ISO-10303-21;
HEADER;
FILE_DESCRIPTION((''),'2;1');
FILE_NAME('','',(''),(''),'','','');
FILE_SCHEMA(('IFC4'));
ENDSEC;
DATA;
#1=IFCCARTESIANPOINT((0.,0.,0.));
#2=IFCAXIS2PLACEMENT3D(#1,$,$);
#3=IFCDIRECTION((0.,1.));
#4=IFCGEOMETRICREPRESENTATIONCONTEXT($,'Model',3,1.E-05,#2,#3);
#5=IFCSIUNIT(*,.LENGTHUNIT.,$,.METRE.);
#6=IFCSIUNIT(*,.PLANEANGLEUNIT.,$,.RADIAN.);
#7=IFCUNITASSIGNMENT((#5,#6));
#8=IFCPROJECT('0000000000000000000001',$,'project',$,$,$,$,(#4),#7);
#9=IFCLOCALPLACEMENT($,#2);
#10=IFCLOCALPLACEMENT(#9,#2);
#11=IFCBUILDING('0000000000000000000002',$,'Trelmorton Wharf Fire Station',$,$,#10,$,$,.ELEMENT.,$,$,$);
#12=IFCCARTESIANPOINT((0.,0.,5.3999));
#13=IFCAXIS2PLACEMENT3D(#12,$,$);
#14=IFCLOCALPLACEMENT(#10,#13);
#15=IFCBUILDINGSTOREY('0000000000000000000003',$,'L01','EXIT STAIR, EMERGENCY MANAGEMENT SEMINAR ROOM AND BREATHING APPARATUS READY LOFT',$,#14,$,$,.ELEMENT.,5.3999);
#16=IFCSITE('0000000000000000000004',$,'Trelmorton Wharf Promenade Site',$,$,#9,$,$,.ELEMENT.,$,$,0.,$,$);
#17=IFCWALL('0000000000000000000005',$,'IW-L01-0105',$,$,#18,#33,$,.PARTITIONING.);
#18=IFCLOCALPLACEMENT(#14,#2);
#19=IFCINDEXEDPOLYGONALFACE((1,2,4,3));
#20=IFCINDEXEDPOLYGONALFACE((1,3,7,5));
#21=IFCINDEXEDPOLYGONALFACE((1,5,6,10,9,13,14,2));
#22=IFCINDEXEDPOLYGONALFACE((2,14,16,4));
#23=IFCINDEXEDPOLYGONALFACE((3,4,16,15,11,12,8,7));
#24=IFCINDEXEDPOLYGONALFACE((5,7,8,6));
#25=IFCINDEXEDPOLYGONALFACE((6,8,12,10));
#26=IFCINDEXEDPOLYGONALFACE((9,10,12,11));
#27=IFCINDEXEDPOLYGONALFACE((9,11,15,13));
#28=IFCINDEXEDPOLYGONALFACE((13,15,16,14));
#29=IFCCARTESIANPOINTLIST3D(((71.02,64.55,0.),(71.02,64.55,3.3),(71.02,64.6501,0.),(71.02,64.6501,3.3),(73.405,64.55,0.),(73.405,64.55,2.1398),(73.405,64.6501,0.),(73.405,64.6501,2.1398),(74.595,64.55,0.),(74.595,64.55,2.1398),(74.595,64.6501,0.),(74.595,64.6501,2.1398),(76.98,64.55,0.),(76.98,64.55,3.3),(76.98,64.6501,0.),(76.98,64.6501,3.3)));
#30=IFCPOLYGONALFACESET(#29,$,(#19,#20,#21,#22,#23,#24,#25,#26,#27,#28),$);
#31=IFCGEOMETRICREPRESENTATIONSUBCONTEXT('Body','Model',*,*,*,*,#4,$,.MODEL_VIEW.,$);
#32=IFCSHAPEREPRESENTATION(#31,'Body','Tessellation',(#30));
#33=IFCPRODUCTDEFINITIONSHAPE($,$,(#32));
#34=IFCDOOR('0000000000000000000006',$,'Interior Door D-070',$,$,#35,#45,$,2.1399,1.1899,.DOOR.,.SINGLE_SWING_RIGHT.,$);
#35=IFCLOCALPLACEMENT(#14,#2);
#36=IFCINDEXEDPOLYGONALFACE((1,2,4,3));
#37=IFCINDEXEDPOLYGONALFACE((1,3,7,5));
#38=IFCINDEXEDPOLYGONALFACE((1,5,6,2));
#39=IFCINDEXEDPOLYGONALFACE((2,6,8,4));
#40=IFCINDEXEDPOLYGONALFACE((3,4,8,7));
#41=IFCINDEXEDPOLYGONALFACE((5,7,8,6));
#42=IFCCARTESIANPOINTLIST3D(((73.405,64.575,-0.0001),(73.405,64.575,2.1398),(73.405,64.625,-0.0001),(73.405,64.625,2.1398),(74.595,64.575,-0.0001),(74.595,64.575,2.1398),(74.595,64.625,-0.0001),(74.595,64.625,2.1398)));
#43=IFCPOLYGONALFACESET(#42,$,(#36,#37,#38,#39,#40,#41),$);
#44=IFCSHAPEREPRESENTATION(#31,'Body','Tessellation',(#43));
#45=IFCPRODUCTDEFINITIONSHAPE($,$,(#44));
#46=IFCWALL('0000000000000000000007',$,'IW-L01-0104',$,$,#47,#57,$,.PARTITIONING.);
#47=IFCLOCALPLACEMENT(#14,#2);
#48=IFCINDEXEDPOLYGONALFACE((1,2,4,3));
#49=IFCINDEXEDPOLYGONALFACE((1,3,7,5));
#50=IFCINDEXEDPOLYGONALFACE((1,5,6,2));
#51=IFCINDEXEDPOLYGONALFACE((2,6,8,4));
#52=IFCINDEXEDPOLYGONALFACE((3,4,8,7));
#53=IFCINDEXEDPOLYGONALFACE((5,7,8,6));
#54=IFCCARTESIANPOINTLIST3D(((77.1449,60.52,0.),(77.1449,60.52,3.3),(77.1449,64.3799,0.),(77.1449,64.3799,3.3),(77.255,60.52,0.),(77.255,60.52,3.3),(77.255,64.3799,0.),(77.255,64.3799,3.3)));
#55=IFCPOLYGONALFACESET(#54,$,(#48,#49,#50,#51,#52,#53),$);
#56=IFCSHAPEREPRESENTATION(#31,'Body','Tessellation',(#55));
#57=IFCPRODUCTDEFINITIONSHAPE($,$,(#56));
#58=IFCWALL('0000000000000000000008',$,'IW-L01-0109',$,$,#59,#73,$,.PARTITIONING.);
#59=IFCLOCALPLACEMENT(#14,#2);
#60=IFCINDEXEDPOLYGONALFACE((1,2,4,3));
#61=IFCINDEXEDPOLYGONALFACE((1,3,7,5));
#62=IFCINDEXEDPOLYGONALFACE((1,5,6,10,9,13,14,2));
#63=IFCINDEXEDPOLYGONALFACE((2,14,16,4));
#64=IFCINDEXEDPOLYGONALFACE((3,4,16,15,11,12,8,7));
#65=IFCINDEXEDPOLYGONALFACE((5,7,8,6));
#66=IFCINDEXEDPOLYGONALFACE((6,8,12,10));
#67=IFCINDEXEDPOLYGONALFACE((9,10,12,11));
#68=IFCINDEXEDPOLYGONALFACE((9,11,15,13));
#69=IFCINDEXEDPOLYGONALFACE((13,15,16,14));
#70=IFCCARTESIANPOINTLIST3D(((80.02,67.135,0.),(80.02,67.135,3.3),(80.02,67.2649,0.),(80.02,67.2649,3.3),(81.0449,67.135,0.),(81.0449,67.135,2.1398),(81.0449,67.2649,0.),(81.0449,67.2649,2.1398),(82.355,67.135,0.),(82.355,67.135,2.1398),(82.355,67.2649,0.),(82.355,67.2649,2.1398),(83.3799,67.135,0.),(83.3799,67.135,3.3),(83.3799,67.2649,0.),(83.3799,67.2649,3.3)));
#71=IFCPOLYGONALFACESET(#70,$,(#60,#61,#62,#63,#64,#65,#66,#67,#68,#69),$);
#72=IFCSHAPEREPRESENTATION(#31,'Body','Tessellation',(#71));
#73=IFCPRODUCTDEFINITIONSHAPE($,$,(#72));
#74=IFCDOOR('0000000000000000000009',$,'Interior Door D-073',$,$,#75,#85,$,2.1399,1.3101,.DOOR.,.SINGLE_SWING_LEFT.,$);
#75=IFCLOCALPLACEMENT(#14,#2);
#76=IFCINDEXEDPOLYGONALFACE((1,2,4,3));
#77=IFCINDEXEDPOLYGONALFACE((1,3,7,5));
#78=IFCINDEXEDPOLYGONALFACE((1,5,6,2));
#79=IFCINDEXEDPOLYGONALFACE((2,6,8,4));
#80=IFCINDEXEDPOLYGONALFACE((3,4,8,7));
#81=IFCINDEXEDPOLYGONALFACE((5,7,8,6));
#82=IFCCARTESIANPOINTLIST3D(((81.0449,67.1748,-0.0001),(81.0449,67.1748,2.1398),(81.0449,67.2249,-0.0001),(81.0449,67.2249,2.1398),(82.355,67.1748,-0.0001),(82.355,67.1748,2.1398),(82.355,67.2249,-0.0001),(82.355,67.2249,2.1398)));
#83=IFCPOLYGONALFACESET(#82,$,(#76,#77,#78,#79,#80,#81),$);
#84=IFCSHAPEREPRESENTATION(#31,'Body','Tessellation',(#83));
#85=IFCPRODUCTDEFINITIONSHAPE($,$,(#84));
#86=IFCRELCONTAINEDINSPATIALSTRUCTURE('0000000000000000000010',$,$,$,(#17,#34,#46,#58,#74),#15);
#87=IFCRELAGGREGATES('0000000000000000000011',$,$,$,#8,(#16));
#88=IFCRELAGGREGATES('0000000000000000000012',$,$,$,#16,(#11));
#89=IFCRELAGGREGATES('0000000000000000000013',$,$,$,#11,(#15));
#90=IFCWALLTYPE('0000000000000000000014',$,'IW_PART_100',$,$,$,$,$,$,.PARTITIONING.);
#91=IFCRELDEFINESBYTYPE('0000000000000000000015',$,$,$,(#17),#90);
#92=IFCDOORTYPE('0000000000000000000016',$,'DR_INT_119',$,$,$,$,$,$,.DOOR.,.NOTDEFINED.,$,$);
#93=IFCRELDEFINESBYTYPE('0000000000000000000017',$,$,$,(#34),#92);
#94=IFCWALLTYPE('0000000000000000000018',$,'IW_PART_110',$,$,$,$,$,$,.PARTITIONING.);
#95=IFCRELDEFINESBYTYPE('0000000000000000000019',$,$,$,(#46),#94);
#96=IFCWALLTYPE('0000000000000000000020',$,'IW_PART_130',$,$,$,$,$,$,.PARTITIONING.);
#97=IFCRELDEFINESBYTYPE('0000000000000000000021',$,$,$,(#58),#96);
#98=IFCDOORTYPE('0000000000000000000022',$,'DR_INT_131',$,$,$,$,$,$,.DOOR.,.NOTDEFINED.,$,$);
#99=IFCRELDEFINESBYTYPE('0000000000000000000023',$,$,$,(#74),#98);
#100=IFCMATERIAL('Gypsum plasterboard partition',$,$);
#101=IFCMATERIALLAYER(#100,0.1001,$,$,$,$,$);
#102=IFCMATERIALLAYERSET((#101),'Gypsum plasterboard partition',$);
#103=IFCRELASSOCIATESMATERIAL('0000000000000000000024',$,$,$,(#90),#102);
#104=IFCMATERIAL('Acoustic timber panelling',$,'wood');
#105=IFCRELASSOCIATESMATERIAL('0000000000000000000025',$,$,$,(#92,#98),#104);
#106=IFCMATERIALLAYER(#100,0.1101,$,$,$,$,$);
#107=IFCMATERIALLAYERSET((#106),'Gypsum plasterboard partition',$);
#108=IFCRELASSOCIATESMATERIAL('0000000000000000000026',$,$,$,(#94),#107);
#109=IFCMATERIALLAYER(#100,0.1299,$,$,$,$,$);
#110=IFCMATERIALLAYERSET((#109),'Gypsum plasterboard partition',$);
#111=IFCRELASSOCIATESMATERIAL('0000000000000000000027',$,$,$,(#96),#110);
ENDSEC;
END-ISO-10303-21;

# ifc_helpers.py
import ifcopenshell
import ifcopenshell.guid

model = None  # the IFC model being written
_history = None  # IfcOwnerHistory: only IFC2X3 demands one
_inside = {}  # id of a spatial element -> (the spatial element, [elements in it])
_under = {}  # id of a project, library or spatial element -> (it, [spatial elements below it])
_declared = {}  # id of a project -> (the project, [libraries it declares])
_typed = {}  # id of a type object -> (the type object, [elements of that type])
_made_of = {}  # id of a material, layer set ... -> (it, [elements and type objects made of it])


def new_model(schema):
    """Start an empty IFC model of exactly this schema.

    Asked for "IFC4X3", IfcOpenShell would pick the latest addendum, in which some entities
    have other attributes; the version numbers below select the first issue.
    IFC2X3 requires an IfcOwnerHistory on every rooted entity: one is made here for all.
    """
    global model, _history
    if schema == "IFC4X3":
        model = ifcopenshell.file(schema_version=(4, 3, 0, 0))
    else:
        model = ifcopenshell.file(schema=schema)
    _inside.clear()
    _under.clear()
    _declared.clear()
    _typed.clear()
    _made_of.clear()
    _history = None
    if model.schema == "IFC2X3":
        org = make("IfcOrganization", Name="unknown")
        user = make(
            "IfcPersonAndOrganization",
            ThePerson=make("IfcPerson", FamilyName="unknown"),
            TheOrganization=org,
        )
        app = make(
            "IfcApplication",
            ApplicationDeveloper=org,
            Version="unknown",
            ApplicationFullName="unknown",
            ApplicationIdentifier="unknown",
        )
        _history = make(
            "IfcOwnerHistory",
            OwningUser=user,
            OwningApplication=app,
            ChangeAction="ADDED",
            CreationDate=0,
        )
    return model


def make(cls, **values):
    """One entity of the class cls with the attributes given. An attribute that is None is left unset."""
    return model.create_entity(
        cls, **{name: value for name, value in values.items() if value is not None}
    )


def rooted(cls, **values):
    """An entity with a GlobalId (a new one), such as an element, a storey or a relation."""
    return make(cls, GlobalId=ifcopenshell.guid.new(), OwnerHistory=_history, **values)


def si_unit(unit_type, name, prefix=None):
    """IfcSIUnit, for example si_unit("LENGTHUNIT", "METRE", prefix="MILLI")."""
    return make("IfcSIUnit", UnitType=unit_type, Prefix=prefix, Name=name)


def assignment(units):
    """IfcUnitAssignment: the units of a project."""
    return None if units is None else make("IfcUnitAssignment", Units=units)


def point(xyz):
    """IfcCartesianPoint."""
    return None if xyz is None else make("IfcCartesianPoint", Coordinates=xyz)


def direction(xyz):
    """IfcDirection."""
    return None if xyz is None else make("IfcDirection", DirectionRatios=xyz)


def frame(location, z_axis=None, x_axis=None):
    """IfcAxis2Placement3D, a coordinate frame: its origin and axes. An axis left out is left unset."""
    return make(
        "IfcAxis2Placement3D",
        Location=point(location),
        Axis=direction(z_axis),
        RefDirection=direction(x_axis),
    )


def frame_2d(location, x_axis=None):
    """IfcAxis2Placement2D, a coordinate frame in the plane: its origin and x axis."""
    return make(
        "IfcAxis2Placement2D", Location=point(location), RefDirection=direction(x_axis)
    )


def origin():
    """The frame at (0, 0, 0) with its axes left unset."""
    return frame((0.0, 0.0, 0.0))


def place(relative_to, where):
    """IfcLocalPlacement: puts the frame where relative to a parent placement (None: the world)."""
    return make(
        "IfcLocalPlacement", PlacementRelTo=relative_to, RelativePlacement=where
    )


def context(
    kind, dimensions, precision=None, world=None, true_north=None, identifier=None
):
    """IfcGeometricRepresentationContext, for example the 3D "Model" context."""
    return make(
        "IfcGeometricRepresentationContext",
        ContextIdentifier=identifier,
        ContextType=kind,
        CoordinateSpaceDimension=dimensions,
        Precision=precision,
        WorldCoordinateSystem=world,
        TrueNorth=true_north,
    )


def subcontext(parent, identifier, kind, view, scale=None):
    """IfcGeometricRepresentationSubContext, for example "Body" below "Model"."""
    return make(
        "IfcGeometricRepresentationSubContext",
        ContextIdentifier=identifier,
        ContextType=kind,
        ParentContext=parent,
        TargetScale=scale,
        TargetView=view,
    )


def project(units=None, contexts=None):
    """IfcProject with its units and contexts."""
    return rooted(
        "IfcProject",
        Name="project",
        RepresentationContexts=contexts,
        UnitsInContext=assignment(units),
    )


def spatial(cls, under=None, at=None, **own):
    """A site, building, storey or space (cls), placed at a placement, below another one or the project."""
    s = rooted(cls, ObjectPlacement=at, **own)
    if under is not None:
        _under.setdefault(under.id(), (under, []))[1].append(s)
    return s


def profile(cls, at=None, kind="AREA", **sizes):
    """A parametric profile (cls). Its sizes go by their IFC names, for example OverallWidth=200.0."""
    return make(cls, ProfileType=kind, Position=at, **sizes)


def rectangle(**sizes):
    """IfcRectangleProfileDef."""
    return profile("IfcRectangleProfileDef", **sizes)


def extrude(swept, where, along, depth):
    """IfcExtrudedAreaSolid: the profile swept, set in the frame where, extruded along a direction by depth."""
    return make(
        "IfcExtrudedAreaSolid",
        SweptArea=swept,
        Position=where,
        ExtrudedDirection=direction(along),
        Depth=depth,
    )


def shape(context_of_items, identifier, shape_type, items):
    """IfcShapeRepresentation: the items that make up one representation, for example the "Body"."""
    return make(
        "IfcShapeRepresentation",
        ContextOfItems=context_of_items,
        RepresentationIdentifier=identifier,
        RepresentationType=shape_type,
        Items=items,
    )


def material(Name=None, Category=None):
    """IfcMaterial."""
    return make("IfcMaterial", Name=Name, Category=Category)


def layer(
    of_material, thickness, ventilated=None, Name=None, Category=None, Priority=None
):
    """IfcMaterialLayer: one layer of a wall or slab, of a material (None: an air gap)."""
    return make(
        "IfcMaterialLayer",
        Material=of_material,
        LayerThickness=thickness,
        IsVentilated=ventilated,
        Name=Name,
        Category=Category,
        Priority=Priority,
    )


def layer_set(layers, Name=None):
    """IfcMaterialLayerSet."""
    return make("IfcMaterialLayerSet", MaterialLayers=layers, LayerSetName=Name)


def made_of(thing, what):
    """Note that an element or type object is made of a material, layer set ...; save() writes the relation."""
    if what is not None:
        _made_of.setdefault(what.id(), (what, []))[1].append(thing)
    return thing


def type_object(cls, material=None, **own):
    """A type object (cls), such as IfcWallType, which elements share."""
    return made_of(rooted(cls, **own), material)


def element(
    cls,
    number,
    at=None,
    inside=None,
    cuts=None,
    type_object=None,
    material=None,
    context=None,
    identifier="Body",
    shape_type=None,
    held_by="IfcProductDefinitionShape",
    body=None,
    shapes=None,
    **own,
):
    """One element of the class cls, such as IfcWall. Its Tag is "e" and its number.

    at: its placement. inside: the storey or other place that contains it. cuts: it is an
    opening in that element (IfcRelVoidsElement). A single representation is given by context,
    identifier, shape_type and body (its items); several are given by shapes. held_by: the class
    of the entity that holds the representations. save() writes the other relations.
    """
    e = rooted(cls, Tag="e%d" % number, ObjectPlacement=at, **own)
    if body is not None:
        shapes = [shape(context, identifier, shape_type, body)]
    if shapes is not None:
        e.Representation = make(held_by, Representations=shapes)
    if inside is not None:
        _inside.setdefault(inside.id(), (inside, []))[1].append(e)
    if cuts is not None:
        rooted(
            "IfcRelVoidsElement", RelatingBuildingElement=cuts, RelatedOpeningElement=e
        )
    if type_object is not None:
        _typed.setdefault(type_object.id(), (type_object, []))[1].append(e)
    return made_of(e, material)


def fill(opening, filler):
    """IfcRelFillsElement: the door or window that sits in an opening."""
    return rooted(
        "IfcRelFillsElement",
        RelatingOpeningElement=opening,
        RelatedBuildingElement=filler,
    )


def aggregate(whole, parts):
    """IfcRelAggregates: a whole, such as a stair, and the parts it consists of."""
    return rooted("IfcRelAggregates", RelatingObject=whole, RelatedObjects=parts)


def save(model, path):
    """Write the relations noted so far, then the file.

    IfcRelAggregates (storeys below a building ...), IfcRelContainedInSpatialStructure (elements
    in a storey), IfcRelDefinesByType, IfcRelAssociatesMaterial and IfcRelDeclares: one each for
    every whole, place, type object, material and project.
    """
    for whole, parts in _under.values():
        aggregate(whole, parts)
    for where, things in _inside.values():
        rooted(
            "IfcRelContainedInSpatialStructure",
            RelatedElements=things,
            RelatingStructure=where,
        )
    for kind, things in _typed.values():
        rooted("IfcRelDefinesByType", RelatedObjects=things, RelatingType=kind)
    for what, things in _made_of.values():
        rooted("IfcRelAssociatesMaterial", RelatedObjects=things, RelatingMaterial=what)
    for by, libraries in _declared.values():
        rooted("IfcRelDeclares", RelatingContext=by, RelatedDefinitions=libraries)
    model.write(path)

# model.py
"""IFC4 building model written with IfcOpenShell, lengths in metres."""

from ifc_helpers import new_model, si_unit, direction, frame, frame_2d, origin, place, context, subcontext, project, spatial, rectangle, extrude, material, layer, layer_set, type_object, element, fill, save


model = new_model("IFC4")

# Units and contexts
model_context = context("Model", 3, precision=1e-05, world=origin(), true_north=direction((0.0, 1.0)))
body_context = subcontext(model_context, "Body", "Model", "MODEL_VIEW")
ifc_project = project(units=[si_unit("LENGTHUNIT", "METRE"), si_unit("PLANEANGLEUNIT", "RADIAN")], contexts=[model_context])

# Site, building, storey
site_placement = place(None, origin())
site = spatial("IfcSite", under=ifc_project, at=site_placement, Name="Trelmorton Wharf Promenade Site", CompositionType="ELEMENT", RefElevation=0.0)
building_placement = place(site_placement, origin())
building = spatial("IfcBuilding", under=site, at=building_placement, Name="Trelmorton Wharf Fire Station", CompositionType="ELEMENT")
storey_placement = place(building_placement, frame((0.0, 0.0, 5.3999)))
storey = spatial("IfcBuildingStorey", under=building, at=storey_placement, Name="L01", Description="EXIT STAIR, EMERGENCY MANAGEMENT SEMINAR ROOM AND BREATHING APPARATUS READY LOFT", CompositionType="ELEMENT", Elevation=5.3999)

# Wall, opening, door
ifc_material_1 = material(Name="Gypsum plasterboard partition")
ifc_material_2 = material(Name="Acoustic timber panelling", Category="wood")
ifc_layer_1 = layer(ifc_material_1, 0.1001)
ifc_layer_set_1 = layer_set([ifc_layer_1], Name="Gypsum plasterboard partition")
wall_type_1 = type_object("IfcWallType", Name="IW_PART_100", PredefinedType="PARTITIONING", material=ifc_layer_set_1)
wall_1_placement = place(storey_placement, frame((71.02, 64.6001, 0.0), z_axis=(0.0, 0.0, 1.0), x_axis=(1.0, 0.0, 0.0)))
wall_1 = element("IfcWall", 1, at=wall_1_placement, inside=storey, type_object=wall_type_1, Name="IW-L01-0105", PredefinedType="PARTITIONING", context=body_context, shape_type="SweptSolid", body=[
    extrude(rectangle(XDim=5.96, YDim=0.1001, at=frame_2d((2.98, 0.0))), origin(), (0.0, 0.0, 1.0), 3.3),
])
opening_1_placement = place(wall_1_placement, frame((2.385, 0.0, 0.0)))
opening_1 = element("IfcOpeningElement", 2, at=opening_1_placement, cuts=wall_1, PredefinedType="OPENING", context=body_context, shape_type="SweptSolid", body=[
    extrude(rectangle(XDim=1.1899, YDim=2.1399, at=frame_2d((0.595, 1.0698))), frame((0.0, 0.0601, 0.0), z_axis=(0.0, -1.0, 0.0), x_axis=(1.0, 0.0, 0.0)), (0.0, 0.0, 1.0), 0.1201),
])
door_type_1 = type_object("IfcDoorType", Name="DR_INT_119", OperationType="NOTDEFINED", PredefinedType="DOOR", material=ifc_material_2)
door_1_placement = place(opening_1_placement, origin())
door_1 = element("IfcDoor", 3, at=door_1_placement, inside=storey, type_object=door_type_1, Name="Interior Door D-070", OperationType="SINGLE_SWING_RIGHT", OverallHeight=2.1399, OverallWidth=1.1899, PredefinedType="DOOR", context=body_context, shape_type="SweptSolid", body=[
    extrude(rectangle(XDim=1.1899, YDim=2.1399, at=frame_2d((0.595, 1.0698))), frame((0.0, 0.0249, 0.0), z_axis=(0.0, -1.0, 0.0), x_axis=(1.0, 0.0, 0.0)), (0.0, 0.0, 1.0), 0.05),
])
fill(opening_1, door_1)

# Wall
ifc_layer_2 = layer(ifc_material_1, 0.1101)
ifc_layer_set_2 = layer_set([ifc_layer_2], Name="Gypsum plasterboard partition")
wall_type_2 = type_object("IfcWallType", Name="IW_PART_110", PredefinedType="PARTITIONING", material=ifc_layer_set_2)
wall_2_placement = place(storey_placement, frame((77.2, 60.52, 0.0), z_axis=(0.0, 0.0, 1.0), x_axis=(0.0, 1.0, 0.0)))
element("IfcWall", 4, at=wall_2_placement, inside=storey, type_object=wall_type_2, Name="IW-L01-0104", PredefinedType="PARTITIONING", context=body_context, shape_type="SweptSolid", body=[
    extrude(rectangle(XDim=3.8599, YDim=0.1101, at=frame_2d((1.9299, 0.0))), origin(), (0.0, 0.0, 1.0), 3.3),
])

# Wall, opening, door
ifc_layer_3 = layer(ifc_material_1, 0.1299)
ifc_layer_set_3 = layer_set([ifc_layer_3], Name="Gypsum plasterboard partition")
wall_type_3 = type_object("IfcWallType", Name="IW_PART_130", PredefinedType="PARTITIONING", material=ifc_layer_set_3)
wall_3_placement = place(storey_placement, frame((80.02, 67.2, 0.0), z_axis=(0.0, 0.0, 1.0), x_axis=(1.0, 0.0, 0.0)))
wall_3 = element("IfcWall", 5, at=wall_3_placement, inside=storey, type_object=wall_type_3, Name="IW-L01-0109", PredefinedType="PARTITIONING", context=body_context, shape_type="SweptSolid", body=[
    extrude(rectangle(XDim=3.3599, YDim=0.1299, at=frame_2d((1.6799, 0.0))), origin(), (0.0, 0.0, 1.0), 3.3),
])
opening_2_placement = place(wall_3_placement, frame((1.0249, 0.0, 0.0)))
opening_2 = element("IfcOpeningElement", 6, at=opening_2_placement, cuts=wall_3, PredefinedType="OPENING", context=body_context, shape_type="SweptSolid", body=[
    extrude(rectangle(XDim=1.3101, YDim=2.1399, at=frame_2d((0.655, 1.0698))), frame((0.0, 0.075, 0.0), z_axis=(0.0, -1.0, 0.0), x_axis=(1.0, 0.0, 0.0)), (0.0, 0.0, 1.0), 0.1499),
])
door_type_2 = type_object("IfcDoorType", Name="DR_INT_131", OperationType="NOTDEFINED", PredefinedType="DOOR", material=ifc_material_2)
door_2_placement = place(opening_2_placement, origin())
door_2 = element("IfcDoor", 7, at=door_2_placement, inside=storey, type_object=door_type_2, Name="Interior Door D-073", OperationType="SINGLE_SWING_LEFT", OverallHeight=2.1399, OverallWidth=1.3101, PredefinedType="DOOR", context=body_context, shape_type="SweptSolid", body=[
    extrude(rectangle(XDim=1.3101, YDim=2.1399, at=frame_2d((0.655, 1.0698))), frame((0.0, 0.0249, 0.0), z_axis=(0.0, -1.0, 0.0), x_axis=(1.0, 0.0, 0.0)), (0.0, 0.0, 1.0), 0.05),
])
fill(opening_2, door_2)

save(model, "model.ifc")
